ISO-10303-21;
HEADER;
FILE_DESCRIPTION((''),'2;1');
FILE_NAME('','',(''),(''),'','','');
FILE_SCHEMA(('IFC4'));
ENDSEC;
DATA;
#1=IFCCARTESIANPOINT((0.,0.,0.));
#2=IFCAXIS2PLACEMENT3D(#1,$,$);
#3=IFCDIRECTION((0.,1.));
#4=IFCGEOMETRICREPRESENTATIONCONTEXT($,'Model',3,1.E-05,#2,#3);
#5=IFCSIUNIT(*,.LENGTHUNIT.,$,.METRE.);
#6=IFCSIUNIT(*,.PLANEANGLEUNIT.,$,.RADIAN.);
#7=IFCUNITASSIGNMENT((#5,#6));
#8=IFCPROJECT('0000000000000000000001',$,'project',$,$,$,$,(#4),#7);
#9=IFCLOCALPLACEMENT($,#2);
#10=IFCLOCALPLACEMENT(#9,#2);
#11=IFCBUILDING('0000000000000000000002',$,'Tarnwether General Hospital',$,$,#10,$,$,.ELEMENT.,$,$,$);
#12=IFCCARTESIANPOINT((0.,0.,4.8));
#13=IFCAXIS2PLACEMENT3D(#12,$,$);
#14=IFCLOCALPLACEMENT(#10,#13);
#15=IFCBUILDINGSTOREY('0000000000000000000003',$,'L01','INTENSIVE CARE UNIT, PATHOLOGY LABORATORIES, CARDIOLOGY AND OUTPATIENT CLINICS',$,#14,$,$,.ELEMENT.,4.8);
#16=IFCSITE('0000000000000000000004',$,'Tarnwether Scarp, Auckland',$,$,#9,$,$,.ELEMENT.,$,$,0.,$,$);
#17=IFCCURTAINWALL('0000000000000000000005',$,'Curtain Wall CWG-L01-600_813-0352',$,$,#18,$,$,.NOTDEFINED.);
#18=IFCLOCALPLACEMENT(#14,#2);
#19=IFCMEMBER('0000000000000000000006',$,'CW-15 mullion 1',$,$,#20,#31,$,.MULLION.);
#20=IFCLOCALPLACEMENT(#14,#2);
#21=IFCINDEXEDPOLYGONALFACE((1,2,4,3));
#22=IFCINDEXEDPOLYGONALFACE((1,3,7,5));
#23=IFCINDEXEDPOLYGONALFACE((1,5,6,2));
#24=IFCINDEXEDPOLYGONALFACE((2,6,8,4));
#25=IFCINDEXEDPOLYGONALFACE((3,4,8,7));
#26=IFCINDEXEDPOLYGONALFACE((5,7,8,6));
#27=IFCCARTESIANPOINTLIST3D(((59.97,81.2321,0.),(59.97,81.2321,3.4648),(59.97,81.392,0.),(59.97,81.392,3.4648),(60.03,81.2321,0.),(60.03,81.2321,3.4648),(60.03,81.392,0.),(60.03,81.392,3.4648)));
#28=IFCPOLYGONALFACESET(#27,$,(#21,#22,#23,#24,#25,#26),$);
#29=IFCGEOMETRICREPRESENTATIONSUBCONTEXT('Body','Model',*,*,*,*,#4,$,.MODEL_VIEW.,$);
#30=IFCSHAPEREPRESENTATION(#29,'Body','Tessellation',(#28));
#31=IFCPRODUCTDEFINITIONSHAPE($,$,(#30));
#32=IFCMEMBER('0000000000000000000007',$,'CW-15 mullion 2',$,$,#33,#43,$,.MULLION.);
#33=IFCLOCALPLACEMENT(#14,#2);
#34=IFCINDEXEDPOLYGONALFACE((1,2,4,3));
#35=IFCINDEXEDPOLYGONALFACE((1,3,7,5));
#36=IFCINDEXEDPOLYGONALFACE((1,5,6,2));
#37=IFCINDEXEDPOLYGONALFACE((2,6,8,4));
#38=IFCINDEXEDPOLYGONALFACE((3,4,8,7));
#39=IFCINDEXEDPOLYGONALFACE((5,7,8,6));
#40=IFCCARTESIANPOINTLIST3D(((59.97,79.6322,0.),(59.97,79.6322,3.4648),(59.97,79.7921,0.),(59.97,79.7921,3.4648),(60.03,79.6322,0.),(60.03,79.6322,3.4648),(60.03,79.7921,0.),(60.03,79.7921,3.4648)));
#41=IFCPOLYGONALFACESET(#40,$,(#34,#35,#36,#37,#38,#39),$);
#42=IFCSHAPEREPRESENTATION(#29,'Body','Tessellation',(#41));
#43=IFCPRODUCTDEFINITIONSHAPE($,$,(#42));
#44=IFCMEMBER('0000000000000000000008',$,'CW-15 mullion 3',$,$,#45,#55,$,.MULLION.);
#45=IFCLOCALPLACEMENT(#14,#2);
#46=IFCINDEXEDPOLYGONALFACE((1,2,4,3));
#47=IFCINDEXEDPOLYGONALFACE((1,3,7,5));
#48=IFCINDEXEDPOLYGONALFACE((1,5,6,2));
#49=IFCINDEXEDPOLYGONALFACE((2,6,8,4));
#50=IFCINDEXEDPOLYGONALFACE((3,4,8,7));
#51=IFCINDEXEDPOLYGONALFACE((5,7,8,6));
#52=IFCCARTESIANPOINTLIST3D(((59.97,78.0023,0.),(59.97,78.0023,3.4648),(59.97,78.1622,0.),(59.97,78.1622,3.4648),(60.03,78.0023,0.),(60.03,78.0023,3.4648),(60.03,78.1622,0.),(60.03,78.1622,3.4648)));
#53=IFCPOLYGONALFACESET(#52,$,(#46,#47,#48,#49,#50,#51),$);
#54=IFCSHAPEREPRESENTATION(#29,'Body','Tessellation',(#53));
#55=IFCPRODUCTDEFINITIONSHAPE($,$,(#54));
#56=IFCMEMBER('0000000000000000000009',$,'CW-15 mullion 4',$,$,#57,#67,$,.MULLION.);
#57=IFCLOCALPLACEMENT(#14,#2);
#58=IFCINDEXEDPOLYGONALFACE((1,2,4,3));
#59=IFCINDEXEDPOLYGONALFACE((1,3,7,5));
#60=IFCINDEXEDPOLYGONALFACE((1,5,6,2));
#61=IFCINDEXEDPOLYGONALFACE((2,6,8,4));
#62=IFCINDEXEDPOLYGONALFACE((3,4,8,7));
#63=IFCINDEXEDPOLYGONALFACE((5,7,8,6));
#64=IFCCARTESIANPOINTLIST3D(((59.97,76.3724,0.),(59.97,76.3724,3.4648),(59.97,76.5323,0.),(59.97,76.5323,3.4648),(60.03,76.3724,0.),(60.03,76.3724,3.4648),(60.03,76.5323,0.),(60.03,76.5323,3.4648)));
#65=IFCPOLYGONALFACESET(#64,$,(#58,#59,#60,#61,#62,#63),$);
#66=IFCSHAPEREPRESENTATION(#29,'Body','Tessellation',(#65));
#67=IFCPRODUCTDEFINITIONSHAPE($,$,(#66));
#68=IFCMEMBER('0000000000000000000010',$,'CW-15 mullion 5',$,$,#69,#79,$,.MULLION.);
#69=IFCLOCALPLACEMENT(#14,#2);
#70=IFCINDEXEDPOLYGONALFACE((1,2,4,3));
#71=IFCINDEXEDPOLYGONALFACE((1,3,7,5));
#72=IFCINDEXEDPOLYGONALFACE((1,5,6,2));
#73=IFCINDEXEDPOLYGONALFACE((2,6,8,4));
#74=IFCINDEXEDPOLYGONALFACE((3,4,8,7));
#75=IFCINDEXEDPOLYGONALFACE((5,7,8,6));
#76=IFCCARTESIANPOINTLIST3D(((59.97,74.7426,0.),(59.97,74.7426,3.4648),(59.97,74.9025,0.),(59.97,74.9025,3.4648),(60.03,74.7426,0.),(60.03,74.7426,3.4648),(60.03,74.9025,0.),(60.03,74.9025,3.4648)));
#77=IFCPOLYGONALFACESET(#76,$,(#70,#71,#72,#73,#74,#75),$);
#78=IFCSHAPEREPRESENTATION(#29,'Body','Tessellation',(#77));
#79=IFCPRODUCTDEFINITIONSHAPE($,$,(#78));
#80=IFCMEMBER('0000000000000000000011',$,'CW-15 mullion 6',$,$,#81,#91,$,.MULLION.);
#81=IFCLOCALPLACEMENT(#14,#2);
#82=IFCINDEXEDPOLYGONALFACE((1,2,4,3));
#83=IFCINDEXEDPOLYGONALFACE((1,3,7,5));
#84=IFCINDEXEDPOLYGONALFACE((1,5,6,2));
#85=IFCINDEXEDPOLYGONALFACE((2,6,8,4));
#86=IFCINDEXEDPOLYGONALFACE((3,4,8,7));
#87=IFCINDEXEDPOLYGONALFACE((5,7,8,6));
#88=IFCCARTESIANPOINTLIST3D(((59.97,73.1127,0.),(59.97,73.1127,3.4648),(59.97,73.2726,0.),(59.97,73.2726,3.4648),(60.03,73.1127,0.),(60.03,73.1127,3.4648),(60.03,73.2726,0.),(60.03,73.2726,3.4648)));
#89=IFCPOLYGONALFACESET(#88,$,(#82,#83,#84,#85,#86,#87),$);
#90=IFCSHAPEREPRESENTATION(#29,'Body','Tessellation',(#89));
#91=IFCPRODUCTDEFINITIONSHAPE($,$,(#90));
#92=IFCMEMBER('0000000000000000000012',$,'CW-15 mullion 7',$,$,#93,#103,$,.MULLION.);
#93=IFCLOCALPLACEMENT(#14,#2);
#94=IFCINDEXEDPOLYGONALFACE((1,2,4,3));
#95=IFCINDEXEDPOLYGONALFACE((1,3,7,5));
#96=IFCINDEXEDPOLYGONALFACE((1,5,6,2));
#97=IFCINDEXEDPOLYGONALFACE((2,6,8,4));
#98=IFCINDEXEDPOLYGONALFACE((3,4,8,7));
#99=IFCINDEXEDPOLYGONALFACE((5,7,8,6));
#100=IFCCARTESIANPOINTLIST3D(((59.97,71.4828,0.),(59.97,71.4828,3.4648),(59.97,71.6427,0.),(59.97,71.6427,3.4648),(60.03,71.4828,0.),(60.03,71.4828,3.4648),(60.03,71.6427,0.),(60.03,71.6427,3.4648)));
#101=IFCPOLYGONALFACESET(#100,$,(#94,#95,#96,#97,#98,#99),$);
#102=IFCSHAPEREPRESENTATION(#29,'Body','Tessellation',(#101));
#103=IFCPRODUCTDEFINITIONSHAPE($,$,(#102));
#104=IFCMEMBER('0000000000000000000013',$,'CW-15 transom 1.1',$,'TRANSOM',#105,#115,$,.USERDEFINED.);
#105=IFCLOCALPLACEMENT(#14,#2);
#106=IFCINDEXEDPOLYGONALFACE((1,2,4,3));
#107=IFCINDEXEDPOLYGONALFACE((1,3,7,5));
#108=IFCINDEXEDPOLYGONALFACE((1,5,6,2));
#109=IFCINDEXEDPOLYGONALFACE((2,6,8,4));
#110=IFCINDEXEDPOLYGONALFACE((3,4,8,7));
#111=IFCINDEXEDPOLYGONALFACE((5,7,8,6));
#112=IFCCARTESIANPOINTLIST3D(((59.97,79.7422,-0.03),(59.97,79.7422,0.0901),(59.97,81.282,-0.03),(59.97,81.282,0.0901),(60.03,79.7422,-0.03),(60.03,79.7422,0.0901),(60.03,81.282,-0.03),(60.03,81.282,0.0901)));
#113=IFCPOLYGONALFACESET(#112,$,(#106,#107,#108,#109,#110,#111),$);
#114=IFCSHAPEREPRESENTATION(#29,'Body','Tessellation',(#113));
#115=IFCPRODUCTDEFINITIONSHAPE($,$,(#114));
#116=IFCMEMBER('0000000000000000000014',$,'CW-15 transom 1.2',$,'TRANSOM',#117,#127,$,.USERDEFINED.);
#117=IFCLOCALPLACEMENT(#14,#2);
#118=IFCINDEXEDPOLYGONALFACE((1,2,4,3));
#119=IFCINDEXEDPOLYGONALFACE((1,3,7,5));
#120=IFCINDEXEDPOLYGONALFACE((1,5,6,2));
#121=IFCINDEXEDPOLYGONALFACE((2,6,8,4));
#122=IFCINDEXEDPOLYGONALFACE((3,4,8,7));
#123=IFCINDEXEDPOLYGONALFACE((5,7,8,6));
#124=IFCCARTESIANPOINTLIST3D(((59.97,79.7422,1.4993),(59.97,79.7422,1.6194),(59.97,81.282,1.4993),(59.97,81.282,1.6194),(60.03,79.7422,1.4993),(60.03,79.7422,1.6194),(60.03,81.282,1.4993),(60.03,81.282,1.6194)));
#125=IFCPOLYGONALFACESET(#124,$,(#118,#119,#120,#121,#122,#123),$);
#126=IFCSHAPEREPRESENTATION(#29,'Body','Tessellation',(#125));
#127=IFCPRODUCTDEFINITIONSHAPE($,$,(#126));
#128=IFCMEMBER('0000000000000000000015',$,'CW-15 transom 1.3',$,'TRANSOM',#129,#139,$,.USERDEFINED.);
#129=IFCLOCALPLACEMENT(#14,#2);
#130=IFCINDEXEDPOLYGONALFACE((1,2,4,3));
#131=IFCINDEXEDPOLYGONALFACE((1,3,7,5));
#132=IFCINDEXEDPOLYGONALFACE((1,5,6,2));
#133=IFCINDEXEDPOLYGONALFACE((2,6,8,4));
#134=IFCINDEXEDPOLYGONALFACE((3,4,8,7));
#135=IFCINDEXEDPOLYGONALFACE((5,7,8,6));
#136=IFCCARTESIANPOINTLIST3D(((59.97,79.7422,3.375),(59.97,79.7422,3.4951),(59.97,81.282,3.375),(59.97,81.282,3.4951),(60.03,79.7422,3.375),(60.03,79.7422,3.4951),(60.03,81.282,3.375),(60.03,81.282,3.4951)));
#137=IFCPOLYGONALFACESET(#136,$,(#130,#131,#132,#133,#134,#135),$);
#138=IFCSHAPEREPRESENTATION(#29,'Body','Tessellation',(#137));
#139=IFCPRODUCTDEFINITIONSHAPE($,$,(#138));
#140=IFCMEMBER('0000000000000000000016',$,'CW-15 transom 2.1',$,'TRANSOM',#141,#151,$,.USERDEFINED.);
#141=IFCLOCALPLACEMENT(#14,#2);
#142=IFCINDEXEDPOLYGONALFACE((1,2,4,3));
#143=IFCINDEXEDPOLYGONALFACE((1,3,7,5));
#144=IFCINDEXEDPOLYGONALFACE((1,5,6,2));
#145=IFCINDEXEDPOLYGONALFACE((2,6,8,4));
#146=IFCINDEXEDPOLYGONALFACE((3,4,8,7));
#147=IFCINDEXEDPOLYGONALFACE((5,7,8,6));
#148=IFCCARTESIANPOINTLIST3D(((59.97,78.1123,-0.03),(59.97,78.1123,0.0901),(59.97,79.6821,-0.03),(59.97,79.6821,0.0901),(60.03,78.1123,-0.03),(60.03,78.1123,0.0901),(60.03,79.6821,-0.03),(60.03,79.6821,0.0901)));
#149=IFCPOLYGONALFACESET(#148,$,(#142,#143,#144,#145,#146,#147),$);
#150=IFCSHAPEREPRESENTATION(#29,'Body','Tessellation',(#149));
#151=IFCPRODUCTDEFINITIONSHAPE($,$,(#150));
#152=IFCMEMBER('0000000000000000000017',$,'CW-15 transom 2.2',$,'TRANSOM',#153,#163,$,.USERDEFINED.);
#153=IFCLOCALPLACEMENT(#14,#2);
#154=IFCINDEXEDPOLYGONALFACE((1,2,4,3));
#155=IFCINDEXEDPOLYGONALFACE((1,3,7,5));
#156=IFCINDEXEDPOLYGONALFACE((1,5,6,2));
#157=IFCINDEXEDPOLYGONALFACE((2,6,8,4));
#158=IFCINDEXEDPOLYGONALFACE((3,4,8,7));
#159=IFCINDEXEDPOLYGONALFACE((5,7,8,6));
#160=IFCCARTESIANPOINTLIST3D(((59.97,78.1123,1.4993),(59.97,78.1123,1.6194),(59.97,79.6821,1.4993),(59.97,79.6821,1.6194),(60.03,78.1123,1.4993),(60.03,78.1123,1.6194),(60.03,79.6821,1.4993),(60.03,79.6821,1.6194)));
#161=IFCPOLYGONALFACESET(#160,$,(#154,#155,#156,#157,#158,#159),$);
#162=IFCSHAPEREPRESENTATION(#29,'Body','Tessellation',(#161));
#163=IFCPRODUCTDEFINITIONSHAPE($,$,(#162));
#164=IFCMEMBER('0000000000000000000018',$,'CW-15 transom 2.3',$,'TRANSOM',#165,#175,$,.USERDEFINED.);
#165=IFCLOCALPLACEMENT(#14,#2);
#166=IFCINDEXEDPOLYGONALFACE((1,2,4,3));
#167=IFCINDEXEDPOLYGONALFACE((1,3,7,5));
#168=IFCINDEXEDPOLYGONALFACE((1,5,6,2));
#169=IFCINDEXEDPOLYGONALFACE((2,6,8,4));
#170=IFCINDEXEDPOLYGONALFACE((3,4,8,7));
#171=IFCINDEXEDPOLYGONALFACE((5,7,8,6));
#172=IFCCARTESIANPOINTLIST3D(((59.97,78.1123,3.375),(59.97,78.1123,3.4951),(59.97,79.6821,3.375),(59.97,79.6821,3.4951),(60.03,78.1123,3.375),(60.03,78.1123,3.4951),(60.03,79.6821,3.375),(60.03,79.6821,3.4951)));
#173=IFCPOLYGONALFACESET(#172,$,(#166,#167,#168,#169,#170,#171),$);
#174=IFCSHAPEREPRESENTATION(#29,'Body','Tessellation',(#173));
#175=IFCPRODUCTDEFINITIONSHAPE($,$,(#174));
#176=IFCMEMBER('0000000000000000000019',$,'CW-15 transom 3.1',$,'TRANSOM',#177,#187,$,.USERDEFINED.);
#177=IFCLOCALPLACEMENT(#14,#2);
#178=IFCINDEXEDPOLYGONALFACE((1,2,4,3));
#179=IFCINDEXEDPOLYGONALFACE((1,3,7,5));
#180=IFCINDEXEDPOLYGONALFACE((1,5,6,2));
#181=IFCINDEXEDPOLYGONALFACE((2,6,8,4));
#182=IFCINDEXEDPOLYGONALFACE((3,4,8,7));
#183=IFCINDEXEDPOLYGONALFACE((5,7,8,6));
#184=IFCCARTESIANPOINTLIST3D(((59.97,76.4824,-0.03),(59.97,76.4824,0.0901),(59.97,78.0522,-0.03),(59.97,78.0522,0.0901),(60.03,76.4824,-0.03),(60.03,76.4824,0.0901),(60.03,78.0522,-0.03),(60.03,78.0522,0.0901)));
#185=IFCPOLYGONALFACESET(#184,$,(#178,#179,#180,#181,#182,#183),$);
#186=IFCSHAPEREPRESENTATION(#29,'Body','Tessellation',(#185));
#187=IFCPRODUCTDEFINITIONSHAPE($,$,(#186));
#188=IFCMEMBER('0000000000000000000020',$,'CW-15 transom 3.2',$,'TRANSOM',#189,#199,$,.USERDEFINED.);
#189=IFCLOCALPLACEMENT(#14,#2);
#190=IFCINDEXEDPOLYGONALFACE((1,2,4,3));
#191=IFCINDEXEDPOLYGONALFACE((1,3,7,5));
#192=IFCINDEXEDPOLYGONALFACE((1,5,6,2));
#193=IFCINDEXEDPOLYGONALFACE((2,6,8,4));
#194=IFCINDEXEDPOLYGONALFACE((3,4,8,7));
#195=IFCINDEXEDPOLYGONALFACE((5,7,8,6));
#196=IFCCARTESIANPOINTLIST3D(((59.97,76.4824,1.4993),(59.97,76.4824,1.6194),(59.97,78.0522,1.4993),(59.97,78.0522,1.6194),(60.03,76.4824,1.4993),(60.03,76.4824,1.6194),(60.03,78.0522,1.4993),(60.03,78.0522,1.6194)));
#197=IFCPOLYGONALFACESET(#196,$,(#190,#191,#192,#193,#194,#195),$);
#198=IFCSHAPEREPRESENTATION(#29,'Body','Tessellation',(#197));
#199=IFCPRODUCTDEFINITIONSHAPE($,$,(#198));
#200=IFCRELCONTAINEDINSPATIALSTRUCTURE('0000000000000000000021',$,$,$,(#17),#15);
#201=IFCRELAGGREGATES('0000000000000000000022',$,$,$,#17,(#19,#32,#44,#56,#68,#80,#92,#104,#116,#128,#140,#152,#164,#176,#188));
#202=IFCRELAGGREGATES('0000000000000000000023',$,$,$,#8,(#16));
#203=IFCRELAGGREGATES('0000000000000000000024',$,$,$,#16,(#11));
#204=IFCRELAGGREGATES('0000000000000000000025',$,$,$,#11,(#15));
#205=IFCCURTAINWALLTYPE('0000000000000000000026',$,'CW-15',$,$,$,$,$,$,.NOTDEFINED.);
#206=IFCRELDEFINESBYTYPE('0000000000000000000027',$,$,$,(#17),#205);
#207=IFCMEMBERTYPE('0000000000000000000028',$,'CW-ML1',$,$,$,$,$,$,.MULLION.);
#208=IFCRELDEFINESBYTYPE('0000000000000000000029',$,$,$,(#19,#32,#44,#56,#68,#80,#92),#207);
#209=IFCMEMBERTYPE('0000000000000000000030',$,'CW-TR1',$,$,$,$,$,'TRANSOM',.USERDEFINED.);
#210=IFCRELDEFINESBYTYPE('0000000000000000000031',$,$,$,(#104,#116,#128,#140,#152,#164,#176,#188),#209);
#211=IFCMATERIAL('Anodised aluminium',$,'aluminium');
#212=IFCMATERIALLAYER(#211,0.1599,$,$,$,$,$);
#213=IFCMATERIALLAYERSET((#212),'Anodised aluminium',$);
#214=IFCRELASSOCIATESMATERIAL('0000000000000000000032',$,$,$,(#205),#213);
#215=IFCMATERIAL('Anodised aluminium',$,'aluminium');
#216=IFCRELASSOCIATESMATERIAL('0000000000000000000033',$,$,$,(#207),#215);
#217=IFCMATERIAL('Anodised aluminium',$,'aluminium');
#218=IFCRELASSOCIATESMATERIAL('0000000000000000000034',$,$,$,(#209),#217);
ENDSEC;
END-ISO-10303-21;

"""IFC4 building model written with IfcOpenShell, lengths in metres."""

from ifc_helpers import new_model, si_unit, direction, frame, origin, origin_2d, place, context, subcontext, project, spatial, rectangle, extrude, material, layer, layer_set, material_profile, profile_set, type_object, element, aggregate, save


model = new_model("IFC4")

# Units and contexts
model_context = context("Model", 3, precision=1e-05, world=origin(), true_north=direction((0.0, 1.0)))
body_context = subcontext(model_context, "Body", "Model", "MODEL_VIEW")
ifc_project = project(units=[si_unit("LENGTHUNIT", "METRE"), si_unit("PLANEANGLEUNIT", "RADIAN")], contexts=[model_context])

# Site, building, storey
site_placement = place(None, origin())
site = spatial("IfcSite", under=ifc_project, at=site_placement, Name="Tarnwether Scarp, Auckland", CompositionType="ELEMENT", RefElevation=0.0)
building_placement = place(site_placement, origin())
building = spatial("IfcBuilding", under=site, at=building_placement, Name="Tarnwether General Hospital", CompositionType="ELEMENT")
storey_placement = place(building_placement, frame((0.0, 0.0, 4.8)))
storey = spatial("IfcBuildingStorey", under=building, at=storey_placement, Name="L01", Description="INTENSIVE CARE UNIT, PATHOLOGY LABORATORIES, CARDIOLOGY AND OUTPATIENT CLINICS", CompositionType="ELEMENT", Elevation=4.8)

# Curtain wall, members
ifc_material_1 = material(Name="Anodised aluminium", Category="aluminium")
ifc_layer_1 = layer(ifc_material_1, 0.1599)
ifc_layer_set_1 = layer_set([ifc_layer_1], Name="Anodised aluminium")
curtain_wall_type = type_object("IfcCurtainWallType", Name="CW-15", PredefinedType="NOTDEFINED", material=ifc_layer_set_1)
curtain_wall_placement = place(storey_placement, origin())
curtain_wall = element("IfcCurtainWall", 1, at=curtain_wall_placement, inside=storey, type_object=curtain_wall_type, Name="Curtain Wall CWG-L01-600_813-0352", PredefinedType="NOTDEFINED")
ifc_material_2 = material(Name="Anodised aluminium", Category="aluminium")
ifc_material_profile_1 = material_profile(ifc_material_2, rectangle(XDim=0.0601, YDim=0.1599, at=origin_2d()), Name="ALU-MUL-60x160")
ifc_profile_set_1 = profile_set([ifc_material_profile_1], Name="Anodised aluminium")
member_type_1 = type_object("IfcMemberType", Name="CW-ML1", PredefinedType="MULLION", material=ifc_profile_set_1)
member_1_placement = place(storey_placement, frame((60.0, 81.312, 0.0), z_axis=(0.0, 0.0, 1.0), x_axis=(1.0, 0.0, 0.0)))
member_1 = element("IfcMember", 2, at=member_1_placement, type_object=member_type_1, Name="CW-15 mullion 1", PredefinedType="MULLION", context=body_context, shape_type="SweptSolid", body=[
    extrude(rectangle(XDim=0.0601, YDim=0.1599, at=origin_2d()), origin(), (0.0, 0.0, 1.0), 3.4648),
])
member_2_placement = place(storey_placement, frame((60.0, 79.7122, 0.0), z_axis=(0.0, 0.0, 1.0), x_axis=(1.0, 0.0, 0.0)))
member_2 = element("IfcMember", 3, at=member_2_placement, type_object=member_type_1, Name="CW-15 mullion 2", PredefinedType="MULLION", context=body_context, shape_type="SweptSolid", body=[
    extrude(rectangle(XDim=0.0601, YDim=0.1599, at=origin_2d()), origin(), (0.0, 0.0, 1.0), 3.4648),
])
member_3_placement = place(storey_placement, frame((60.0, 78.0823, 0.0), z_axis=(0.0, 0.0, 1.0), x_axis=(1.0, 0.0, 0.0)))
member_3 = element("IfcMember", 4, at=member_3_placement, type_object=member_type_1, Name="CW-15 mullion 3", PredefinedType="MULLION", context=body_context, shape_type="SweptSolid", body=[
    extrude(rectangle(XDim=0.0601, YDim=0.1599, at=origin_2d()), origin(), (0.0, 0.0, 1.0), 3.4648),
])
member_4_placement = place(storey_placement, frame((60.0, 76.4524, 0.0), z_axis=(0.0, 0.0, 1.0), x_axis=(1.0, 0.0, 0.0)))
member_4 = element("IfcMember", 5, at=member_4_placement, type_object=member_type_1, Name="CW-15 mullion 4", PredefinedType="MULLION", context=body_context, shape_type="SweptSolid", body=[
    extrude(rectangle(XDim=0.0601, YDim=0.1599, at=origin_2d()), origin(), (0.0, 0.0, 1.0), 3.4648),
])
member_5_placement = place(storey_placement, frame((60.0, 74.8225, 0.0), z_axis=(0.0, 0.0, 1.0), x_axis=(1.0, 0.0, 0.0)))
member_5 = element("IfcMember", 6, at=member_5_placement, type_object=member_type_1, Name="CW-15 mullion 5", PredefinedType="MULLION", context=body_context, shape_type="SweptSolid", body=[
    extrude(rectangle(XDim=0.0601, YDim=0.1599, at=origin_2d()), origin(), (0.0, 0.0, 1.0), 3.4648),
])
member_6_placement = place(storey_placement, frame((60.0, 73.1926, 0.0), z_axis=(0.0, 0.0, 1.0), x_axis=(1.0, 0.0, 0.0)))
member_6 = element("IfcMember", 7, at=member_6_placement, type_object=member_type_1, Name="CW-15 mullion 6", PredefinedType="MULLION", context=body_context, shape_type="SweptSolid", body=[
    extrude(rectangle(XDim=0.0601, YDim=0.1599, at=origin_2d()), origin(), (0.0, 0.0, 1.0), 3.4648),
])
member_7_placement = place(storey_placement, frame((60.0, 71.5627, 0.0), z_axis=(0.0, 0.0, 1.0), x_axis=(1.0, 0.0, 0.0)))
member_7 = element("IfcMember", 8, at=member_7_placement, type_object=member_type_1, Name="CW-15 mullion 7", PredefinedType="MULLION", context=body_context, shape_type="SweptSolid", body=[
    extrude(rectangle(XDim=0.0601, YDim=0.1599, at=origin_2d()), origin(), (0.0, 0.0, 1.0), 3.4648),
])
ifc_material_3 = material(Name="Anodised aluminium", Category="aluminium")
ifc_material_profile_2 = material_profile(ifc_material_3, rectangle(XDim=0.0601, YDim=0.1201, at=origin_2d()), Name="ALU-TRN-60x120")
ifc_profile_set_2 = profile_set([ifc_material_profile_2], Name="Anodised aluminium")
member_type_2 = type_object("IfcMemberType", Name="CW-TR1", ElementType="TRANSOM", PredefinedType="USERDEFINED", material=ifc_profile_set_2)
member_8_placement = place(storey_placement, frame((60.0, 81.282, 0.03), z_axis=(0.0, -1.0, 0.0), x_axis=(1.0, 0.0, 0.0)))
member_8 = element("IfcMember", 9, at=member_8_placement, type_object=member_type_2, Name="CW-15 transom 1.1", ObjectType="TRANSOM", PredefinedType="USERDEFINED", context=body_context, shape_type="SweptSolid", body=[
    extrude(rectangle(XDim=0.0601, YDim=0.1201, at=origin_2d()), origin(), (0.0, 0.0, 1.0), 1.5398),
])
member_9_placement = place(storey_placement, frame((60.0, 81.282, 1.5593), z_axis=(0.0, -1.0, 0.0), x_axis=(1.0, 0.0, 0.0)))
member_9 = element("IfcMember", 10, at=member_9_placement, type_object=member_type_2, Name="CW-15 transom 1.2", ObjectType="TRANSOM", PredefinedType="USERDEFINED", context=body_context, shape_type="SweptSolid", body=[
    extrude(rectangle(XDim=0.0601, YDim=0.1201, at=origin_2d()), origin(), (0.0, 0.0, 1.0), 1.5398),
])
member_10_placement = place(storey_placement, frame((60.0, 81.282, 3.4351), z_axis=(0.0, -1.0, 0.0), x_axis=(1.0, 0.0, 0.0)))
member_10 = element("IfcMember", 11, at=member_10_placement, type_object=member_type_2, Name="CW-15 transom 1.3", ObjectType="TRANSOM", PredefinedType="USERDEFINED", context=body_context, shape_type="SweptSolid", body=[
    extrude(rectangle(XDim=0.0601, YDim=0.1201, at=origin_2d()), origin(), (0.0, 0.0, 1.0), 1.5398),
])
member_11_placement = place(storey_placement, frame((60.0, 79.6821, 0.03), z_axis=(0.0, -1.0, 0.0), x_axis=(1.0, 0.0, 0.0)))
member_11 = element("IfcMember", 12, at=member_11_placement, type_object=member_type_2, Name="CW-15 transom 2.1", ObjectType="TRANSOM", PredefinedType="USERDEFINED", context=body_context, shape_type="SweptSolid", body=[
    extrude(rectangle(XDim=0.0601, YDim=0.1201, at=origin_2d()), origin(), (0.0, 0.0, 1.0), 1.5698),
])
member_12_placement = place(storey_placement, frame((60.0, 79.6821, 1.5593), z_axis=(0.0, -1.0, 0.0), x_axis=(1.0, 0.0, 0.0)))
member_12 = element("IfcMember", 13, at=member_12_placement, type_object=member_type_2, Name="CW-15 transom 2.2", ObjectType="TRANSOM", PredefinedType="USERDEFINED", context=body_context, shape_type="SweptSolid", body=[
    extrude(rectangle(XDim=0.0601, YDim=0.1201, at=origin_2d()), origin(), (0.0, 0.0, 1.0), 1.5698),
])
member_13_placement = place(storey_placement, frame((60.0, 79.6821, 3.4351), z_axis=(0.0, -1.0, 0.0), x_axis=(1.0, 0.0, 0.0)))
member_13 = element("IfcMember", 14, at=member_13_placement, type_object=member_type_2, Name="CW-15 transom 2.3", ObjectType="TRANSOM", PredefinedType="USERDEFINED", context=body_context, shape_type="SweptSolid", body=[
    extrude(rectangle(XDim=0.0601, YDim=0.1201, at=origin_2d()), origin(), (0.0, 0.0, 1.0), 1.5698),
])
member_14_placement = place(storey_placement, frame((60.0, 78.0522, 0.03), z_axis=(0.0, -1.0, 0.0), x_axis=(1.0, 0.0, 0.0)))
member_14 = element("IfcMember", 15, at=member_14_placement, type_object=member_type_2, Name="CW-15 transom 3.1", ObjectType="TRANSOM", PredefinedType="USERDEFINED", context=body_context, shape_type="SweptSolid", body=[
    extrude(rectangle(XDim=0.0601, YDim=0.1201, at=origin_2d()), origin(), (0.0, 0.0, 1.0), 1.5698),
])
member_15_placement = place(storey_placement, frame((60.0, 78.0522, 1.5593), z_axis=(0.0, -1.0, 0.0), x_axis=(1.0, 0.0, 0.0)))
member_15 = element("IfcMember", 16, at=member_15_placement, type_object=member_type_2, Name="CW-15 transom 3.2", ObjectType="TRANSOM", PredefinedType="USERDEFINED", context=body_context, shape_type="SweptSolid", body=[
    extrude(rectangle(XDim=0.0601, YDim=0.1201, at=origin_2d()), origin(), (0.0, 0.0, 1.0), 1.5698),
])
aggregate(curtain_wall, [member_1, member_2, member_3, member_4, member_5, member_6, member_7, member_8, member_9, member_10, member_11, member_12, member_13, member_14, member_15])

save(model, "model.ifc")
